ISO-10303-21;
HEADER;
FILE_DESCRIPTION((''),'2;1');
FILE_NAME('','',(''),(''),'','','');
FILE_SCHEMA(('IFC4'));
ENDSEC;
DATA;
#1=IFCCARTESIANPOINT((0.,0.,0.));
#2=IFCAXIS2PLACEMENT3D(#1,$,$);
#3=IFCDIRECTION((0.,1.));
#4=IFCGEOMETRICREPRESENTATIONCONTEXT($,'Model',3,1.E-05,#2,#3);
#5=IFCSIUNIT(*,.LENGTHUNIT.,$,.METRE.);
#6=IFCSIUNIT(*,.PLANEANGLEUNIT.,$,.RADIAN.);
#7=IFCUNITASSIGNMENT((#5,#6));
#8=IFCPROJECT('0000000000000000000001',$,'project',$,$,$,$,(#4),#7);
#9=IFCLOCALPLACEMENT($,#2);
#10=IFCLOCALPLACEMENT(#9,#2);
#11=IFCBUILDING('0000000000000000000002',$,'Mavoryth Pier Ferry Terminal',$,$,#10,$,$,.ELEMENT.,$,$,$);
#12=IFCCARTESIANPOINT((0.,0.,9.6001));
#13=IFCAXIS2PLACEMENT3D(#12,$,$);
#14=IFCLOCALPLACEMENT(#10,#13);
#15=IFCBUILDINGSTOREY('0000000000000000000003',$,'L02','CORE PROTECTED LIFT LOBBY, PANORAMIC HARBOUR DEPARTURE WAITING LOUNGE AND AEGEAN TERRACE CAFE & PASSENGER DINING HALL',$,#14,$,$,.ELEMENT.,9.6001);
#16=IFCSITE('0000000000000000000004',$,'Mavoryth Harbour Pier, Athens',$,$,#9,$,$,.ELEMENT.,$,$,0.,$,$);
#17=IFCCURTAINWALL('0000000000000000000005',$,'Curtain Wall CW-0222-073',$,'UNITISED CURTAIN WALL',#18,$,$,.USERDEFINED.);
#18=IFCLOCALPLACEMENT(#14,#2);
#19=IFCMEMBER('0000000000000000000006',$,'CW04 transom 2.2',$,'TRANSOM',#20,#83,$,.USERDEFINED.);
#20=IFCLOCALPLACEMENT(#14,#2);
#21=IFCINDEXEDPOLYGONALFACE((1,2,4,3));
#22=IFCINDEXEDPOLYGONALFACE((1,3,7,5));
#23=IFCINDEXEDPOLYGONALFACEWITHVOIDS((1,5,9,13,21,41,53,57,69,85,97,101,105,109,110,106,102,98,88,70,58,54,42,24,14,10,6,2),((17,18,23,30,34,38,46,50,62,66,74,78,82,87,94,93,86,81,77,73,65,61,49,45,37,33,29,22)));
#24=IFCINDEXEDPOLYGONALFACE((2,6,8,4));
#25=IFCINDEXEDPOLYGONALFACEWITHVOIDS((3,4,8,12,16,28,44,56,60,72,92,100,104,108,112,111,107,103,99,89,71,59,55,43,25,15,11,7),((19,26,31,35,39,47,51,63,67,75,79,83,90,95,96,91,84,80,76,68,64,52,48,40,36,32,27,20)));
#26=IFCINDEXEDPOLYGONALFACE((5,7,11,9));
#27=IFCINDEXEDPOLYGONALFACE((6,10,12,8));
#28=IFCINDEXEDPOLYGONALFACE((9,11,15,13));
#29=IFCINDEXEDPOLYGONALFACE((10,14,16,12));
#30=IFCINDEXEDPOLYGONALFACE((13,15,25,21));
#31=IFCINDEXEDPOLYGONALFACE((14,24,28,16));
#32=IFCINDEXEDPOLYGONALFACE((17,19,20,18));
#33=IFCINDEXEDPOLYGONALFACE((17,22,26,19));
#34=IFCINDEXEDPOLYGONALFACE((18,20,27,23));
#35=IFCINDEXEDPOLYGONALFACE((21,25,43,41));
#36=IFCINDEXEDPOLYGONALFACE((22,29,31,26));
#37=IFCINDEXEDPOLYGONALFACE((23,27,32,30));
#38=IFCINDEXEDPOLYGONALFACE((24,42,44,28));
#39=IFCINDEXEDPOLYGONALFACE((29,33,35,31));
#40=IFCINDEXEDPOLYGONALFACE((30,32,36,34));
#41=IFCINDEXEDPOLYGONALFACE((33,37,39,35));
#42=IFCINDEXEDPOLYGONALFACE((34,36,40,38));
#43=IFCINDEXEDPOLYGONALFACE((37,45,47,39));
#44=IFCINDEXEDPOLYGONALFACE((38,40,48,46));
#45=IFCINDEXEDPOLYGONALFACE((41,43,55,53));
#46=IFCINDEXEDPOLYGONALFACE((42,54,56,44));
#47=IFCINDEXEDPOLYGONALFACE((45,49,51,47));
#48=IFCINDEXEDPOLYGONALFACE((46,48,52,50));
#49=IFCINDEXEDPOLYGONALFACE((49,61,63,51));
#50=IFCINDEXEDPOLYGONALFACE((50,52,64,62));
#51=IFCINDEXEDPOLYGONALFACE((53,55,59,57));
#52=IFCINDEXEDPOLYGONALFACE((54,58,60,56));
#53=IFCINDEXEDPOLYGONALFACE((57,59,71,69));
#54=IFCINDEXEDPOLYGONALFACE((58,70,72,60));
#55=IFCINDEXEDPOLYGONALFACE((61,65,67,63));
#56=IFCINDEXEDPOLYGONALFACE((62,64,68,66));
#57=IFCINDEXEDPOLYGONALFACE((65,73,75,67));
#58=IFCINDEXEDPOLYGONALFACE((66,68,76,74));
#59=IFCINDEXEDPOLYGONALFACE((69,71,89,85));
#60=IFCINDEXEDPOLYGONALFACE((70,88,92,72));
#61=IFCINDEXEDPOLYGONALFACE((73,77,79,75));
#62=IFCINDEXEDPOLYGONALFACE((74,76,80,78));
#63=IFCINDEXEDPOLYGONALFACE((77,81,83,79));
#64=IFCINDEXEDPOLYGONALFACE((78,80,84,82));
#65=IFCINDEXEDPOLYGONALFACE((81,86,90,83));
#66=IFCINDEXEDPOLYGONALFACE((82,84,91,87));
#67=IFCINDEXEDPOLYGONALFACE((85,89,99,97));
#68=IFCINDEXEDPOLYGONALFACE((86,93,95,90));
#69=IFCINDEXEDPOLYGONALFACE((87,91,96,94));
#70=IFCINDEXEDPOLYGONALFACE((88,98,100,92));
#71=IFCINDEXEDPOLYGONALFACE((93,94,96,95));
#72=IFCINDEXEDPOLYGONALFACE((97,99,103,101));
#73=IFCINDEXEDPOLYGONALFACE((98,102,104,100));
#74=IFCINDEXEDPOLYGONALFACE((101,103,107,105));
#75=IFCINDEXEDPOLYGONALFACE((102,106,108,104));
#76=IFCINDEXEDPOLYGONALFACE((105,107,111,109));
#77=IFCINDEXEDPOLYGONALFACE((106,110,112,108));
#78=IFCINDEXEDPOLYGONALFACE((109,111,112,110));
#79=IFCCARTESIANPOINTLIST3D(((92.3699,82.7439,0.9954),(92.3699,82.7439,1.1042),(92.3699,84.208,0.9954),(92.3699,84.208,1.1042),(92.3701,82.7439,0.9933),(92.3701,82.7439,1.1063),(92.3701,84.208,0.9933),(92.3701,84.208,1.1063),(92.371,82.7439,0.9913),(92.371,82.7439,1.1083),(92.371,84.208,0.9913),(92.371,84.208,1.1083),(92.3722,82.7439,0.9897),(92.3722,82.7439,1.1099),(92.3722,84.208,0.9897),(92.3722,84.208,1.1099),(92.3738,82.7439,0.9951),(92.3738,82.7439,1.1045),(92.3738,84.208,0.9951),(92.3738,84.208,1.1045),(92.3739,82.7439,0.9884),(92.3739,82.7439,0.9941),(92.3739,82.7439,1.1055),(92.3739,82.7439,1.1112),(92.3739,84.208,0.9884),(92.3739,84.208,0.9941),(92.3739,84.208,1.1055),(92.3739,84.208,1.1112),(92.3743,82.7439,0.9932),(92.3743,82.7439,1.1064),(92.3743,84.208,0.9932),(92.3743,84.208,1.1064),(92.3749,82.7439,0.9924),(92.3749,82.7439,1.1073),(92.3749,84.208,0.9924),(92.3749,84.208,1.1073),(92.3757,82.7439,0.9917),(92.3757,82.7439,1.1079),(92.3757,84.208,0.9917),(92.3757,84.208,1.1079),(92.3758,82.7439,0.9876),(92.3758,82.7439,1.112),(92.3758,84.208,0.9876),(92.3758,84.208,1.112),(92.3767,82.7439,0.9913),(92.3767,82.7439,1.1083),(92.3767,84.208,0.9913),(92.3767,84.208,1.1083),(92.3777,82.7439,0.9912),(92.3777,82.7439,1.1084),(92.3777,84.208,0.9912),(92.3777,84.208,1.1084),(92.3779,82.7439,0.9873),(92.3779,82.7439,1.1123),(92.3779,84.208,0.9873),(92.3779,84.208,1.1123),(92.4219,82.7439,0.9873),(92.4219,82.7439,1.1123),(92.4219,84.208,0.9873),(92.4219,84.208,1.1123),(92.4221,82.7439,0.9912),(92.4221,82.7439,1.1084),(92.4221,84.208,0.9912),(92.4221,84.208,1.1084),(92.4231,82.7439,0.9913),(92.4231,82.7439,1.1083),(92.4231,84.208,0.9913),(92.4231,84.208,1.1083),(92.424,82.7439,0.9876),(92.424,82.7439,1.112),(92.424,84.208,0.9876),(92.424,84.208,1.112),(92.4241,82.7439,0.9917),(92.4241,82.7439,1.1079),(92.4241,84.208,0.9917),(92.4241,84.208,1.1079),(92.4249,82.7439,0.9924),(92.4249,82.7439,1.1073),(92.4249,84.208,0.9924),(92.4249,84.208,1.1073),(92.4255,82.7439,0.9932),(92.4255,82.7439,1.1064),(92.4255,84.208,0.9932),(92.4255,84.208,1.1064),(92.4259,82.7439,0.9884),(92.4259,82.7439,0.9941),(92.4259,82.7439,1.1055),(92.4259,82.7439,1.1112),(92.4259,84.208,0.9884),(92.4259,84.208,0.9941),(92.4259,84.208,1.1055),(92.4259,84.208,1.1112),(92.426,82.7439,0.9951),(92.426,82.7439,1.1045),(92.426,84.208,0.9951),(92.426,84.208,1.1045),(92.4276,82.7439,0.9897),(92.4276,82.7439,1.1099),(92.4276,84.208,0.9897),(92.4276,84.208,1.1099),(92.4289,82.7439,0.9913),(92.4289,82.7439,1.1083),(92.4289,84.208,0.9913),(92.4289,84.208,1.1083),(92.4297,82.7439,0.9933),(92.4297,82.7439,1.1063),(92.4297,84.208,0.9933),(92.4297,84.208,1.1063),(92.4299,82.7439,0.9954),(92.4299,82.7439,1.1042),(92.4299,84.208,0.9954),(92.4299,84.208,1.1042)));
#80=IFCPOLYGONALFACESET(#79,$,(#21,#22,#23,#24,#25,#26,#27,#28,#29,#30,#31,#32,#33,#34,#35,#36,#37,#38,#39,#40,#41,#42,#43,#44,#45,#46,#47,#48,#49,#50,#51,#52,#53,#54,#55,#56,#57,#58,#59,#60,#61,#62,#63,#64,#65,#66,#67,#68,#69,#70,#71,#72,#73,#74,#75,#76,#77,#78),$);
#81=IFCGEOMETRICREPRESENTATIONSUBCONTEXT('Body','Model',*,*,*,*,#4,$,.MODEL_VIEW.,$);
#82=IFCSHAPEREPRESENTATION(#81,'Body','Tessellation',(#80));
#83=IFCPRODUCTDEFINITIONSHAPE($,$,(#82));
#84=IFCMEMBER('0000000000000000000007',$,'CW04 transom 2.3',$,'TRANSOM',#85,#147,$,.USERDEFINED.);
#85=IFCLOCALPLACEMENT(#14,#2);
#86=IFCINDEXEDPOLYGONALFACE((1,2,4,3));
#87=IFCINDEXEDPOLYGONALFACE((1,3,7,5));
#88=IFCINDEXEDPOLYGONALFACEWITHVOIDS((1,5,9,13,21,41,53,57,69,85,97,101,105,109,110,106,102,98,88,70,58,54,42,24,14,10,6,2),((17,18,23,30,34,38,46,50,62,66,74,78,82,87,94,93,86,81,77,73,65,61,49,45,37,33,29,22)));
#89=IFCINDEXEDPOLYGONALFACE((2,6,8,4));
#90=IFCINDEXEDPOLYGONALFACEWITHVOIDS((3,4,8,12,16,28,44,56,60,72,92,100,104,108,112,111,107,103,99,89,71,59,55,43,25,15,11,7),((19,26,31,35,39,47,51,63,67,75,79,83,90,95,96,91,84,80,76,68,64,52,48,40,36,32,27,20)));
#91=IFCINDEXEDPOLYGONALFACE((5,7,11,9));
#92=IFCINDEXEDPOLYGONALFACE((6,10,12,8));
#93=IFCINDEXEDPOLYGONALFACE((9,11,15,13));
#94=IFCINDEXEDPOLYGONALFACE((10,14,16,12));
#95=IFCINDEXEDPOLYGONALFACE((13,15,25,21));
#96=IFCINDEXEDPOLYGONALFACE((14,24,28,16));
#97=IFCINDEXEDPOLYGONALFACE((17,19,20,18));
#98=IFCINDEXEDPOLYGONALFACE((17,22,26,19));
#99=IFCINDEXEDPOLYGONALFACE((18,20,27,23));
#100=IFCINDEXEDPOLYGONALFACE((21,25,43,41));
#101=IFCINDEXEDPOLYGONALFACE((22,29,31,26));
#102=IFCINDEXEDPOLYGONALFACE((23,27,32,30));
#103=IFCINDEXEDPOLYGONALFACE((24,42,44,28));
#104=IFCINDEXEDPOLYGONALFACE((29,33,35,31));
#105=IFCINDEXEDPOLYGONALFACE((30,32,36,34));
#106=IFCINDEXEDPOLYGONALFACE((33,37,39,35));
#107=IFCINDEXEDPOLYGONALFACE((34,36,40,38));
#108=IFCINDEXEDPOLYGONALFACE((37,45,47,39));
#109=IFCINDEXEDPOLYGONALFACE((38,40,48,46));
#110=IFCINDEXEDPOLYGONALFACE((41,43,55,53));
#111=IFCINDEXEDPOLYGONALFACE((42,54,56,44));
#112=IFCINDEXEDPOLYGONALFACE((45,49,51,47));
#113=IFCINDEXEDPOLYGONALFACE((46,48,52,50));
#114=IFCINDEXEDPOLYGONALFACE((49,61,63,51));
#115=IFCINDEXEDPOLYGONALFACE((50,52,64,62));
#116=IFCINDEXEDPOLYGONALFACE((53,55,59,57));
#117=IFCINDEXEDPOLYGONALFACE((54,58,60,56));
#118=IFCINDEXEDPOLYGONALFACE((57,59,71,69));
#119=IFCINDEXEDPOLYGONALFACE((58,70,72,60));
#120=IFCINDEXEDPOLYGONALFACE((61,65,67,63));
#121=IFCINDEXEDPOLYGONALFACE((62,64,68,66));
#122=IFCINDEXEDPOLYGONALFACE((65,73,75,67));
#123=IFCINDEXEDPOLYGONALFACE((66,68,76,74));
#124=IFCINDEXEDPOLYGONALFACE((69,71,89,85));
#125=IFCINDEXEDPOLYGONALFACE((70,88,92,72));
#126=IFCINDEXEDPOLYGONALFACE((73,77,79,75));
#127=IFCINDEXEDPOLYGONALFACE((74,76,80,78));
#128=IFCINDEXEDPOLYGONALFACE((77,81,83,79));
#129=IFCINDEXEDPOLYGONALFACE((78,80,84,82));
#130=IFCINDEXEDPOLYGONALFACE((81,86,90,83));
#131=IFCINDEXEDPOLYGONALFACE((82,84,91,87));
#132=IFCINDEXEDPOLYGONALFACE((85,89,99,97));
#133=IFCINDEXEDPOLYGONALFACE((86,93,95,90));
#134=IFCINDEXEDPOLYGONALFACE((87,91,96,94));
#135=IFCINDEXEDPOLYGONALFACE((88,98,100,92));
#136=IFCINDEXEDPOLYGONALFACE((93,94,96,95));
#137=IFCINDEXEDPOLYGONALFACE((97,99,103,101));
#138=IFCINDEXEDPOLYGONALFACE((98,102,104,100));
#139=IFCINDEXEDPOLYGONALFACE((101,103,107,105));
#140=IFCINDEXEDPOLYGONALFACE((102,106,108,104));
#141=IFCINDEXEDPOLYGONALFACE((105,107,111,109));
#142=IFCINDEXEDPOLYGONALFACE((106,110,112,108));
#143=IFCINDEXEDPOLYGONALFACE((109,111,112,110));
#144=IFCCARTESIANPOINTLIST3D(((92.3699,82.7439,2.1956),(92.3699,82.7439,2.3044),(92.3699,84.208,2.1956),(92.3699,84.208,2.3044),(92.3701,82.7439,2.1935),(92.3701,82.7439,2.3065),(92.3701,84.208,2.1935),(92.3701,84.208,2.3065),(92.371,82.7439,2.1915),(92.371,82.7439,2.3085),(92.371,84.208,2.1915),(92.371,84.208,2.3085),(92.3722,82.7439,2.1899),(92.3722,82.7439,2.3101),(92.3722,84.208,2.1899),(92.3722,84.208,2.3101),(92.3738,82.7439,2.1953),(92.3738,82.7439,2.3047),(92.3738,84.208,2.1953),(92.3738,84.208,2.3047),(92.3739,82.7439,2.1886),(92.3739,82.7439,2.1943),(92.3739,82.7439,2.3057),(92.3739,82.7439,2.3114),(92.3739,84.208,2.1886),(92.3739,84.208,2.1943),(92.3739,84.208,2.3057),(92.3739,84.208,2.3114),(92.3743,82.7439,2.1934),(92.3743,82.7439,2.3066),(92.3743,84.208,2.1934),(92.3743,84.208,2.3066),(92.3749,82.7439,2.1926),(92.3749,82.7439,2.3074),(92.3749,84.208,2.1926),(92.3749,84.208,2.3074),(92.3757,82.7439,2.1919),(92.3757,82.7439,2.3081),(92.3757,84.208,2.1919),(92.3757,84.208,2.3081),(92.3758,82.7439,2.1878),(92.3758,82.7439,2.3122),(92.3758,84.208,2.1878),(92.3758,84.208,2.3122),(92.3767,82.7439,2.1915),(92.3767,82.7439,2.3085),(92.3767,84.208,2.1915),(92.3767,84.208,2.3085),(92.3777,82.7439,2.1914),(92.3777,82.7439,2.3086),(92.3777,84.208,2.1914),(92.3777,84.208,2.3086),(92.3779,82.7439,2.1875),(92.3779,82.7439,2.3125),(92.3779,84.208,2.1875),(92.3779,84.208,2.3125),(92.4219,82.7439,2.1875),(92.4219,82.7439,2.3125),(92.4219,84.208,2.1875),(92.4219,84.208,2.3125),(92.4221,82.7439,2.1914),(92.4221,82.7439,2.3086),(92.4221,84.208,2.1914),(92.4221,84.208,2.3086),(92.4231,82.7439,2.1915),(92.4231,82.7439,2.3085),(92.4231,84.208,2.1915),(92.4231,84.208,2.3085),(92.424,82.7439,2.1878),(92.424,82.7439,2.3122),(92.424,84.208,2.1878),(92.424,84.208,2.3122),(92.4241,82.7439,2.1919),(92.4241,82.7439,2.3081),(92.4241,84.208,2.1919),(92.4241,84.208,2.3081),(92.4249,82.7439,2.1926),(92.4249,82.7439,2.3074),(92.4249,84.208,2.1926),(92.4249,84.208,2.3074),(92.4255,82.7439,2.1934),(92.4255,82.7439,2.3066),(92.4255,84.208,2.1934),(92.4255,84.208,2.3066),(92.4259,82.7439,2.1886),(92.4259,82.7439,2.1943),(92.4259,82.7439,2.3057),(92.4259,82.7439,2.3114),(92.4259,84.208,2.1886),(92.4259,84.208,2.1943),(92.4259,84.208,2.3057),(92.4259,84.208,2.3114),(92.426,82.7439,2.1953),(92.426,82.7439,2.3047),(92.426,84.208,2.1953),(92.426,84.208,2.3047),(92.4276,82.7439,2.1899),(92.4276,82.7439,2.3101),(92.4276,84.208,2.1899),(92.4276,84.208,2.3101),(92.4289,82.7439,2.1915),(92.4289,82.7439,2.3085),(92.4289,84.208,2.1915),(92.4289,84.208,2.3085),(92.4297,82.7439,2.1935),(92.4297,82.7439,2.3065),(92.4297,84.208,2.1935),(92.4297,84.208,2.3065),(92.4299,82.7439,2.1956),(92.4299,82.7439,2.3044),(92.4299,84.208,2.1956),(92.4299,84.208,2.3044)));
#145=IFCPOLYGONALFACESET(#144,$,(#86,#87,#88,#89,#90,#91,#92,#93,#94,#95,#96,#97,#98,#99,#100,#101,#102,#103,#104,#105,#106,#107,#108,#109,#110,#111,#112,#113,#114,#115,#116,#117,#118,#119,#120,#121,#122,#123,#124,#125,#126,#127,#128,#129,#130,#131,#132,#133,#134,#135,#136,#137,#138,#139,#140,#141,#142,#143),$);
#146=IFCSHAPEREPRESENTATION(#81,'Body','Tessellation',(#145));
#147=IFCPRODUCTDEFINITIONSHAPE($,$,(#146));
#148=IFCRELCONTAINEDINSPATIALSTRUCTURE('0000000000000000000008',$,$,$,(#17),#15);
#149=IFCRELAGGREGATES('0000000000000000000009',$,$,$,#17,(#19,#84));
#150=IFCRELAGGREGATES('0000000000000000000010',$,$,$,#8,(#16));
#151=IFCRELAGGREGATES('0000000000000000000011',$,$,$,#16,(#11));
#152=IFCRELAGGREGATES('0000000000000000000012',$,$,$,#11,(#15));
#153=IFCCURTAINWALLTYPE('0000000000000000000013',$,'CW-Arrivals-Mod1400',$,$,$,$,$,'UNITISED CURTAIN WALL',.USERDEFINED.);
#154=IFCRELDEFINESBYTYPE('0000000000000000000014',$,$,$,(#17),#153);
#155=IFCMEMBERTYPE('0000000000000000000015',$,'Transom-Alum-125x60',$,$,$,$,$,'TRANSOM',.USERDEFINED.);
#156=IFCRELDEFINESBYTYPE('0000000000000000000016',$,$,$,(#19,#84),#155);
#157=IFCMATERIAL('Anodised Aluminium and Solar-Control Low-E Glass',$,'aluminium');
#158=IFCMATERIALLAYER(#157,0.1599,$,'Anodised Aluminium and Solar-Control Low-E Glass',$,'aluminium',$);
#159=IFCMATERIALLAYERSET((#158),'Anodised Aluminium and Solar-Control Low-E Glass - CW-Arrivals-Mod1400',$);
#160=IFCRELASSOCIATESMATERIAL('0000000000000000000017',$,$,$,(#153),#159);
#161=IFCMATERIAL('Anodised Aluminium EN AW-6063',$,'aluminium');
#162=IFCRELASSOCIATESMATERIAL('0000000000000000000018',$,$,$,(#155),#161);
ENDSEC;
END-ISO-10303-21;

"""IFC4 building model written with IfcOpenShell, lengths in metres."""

from ifc_helpers import new_model, si_unit, direction, frame, origin, origin_2d, place, context, subcontext, project, spatial, hollow_rectangle, extrude, material, layer, layer_set, material_profile, profile_set, type_object, element, aggregate, save


model = new_model("IFC4")

# Units and contexts
model_context = context("Model", 3, precision=1e-05, world=origin(), true_north=direction((0.0, 1.0)))
body_context = subcontext(model_context, "Body", "Model", "MODEL_VIEW")
ifc_project = project(units=[si_unit("LENGTHUNIT", "METRE"), si_unit("PLANEANGLEUNIT", "RADIAN")], contexts=[model_context])

# Site, building, storey
site_placement = place(None, origin())
site = spatial("IfcSite", under=ifc_project, at=site_placement, Name="Mavoryth Harbour Pier, Athens", CompositionType="ELEMENT", RefElevation=0.0)
building_placement = place(site_placement, origin())
building = spatial("IfcBuilding", under=site, at=building_placement, Name="Mavoryth Pier Ferry Terminal", CompositionType="ELEMENT")
storey_placement = place(building_placement, frame((0.0, 0.0, 9.6001)))
storey = spatial("IfcBuildingStorey", under=building, at=storey_placement, Name="L02", Description="CORE PROTECTED LIFT LOBBY, PANORAMIC HARBOUR DEPARTURE WAITING LOUNGE AND AEGEAN TERRACE CAFE & PASSENGER DINING HALL", CompositionType="ELEMENT", Elevation=9.6001)

# Curtain wall
ifc_material_1 = material(Name="Anodised Aluminium and Solar-Control Low-E Glass", Category="aluminium")
ifc_layer_1 = layer(ifc_material_1, 0.1599, Name="Anodised Aluminium and Solar-Control Low-E Glass", Category="aluminium")
ifc_layer_set_1 = layer_set([ifc_layer_1], Name="Anodised Aluminium and Solar-Control Low-E Glass - CW-Arrivals-Mod1400")
curtain_wall_type = type_object("IfcCurtainWallType", Name="CW-Arrivals-Mod1400", ElementType="UNITISED CURTAIN WALL", PredefinedType="USERDEFINED", material=ifc_layer_set_1)
ifc_material_2 = material(Name="Anodised Aluminium EN AW-6063", Category="aluminium")
curtain_wall_1_placement = place(storey_placement, origin())
curtain_wall_1 = element("IfcCurtainWall", 1, at=curtain_wall_1_placement, inside=storey, type_object=curtain_wall_type, Name="Curtain Wall CW-0222-073", ObjectType="UNITISED CURTAIN WALL", PredefinedType="USERDEFINED")

# Members
ifc_material_profile_1 = material_profile(ifc_material_2, hollow_rectangle(XDim=0.0601, YDim=0.125, WallThickness=0.0039, InnerFilletRadius=0.0039, OuterFilletRadius=0.0081, at=origin_2d()), Name="AL-TRAN 125x60x4", Category="aluminium")
ifc_profile_set_1 = profile_set([ifc_material_profile_1], Name="Anodised Aluminium EN AW-6063 - AL-TRAN 125x60x4")
member_type_1 = type_object("IfcMemberType", Name="Transom-Alum-125x60", ElementType="TRANSOM", PredefinedType="USERDEFINED", material=ifc_profile_set_1)
member_1_placement = place(storey_placement, frame((92.3999, 82.7439, 1.0498), z_axis=(0.0, 1.0, 0.0), x_axis=(-1.0, 0.0, 0.0)))
member_1 = element("IfcMember", 2, at=member_1_placement, type_object=member_type_1, Name="CW04 transom 2.2", ObjectType="TRANSOM", PredefinedType="USERDEFINED", context=body_context, shape_type="SweptSolid", body=[
    extrude(hollow_rectangle(XDim=0.0601, YDim=0.125, WallThickness=0.0039, InnerFilletRadius=0.0039, OuterFilletRadius=0.0081, at=origin_2d()), origin(), (0.0, 0.0, 1.0), 1.4641),
])
member_2_placement = place(storey_placement, frame((92.3999, 82.7439, 2.25), z_axis=(0.0, 1.0, 0.0), x_axis=(-1.0, 0.0, 0.0)))
member_2 = element("IfcMember", 3, at=member_2_placement, type_object=member_type_1, Name="CW04 transom 2.3", ObjectType="TRANSOM", PredefinedType="USERDEFINED", context=body_context, shape_type="SweptSolid", body=[
    extrude(hollow_rectangle(XDim=0.0601, YDim=0.125, WallThickness=0.0039, InnerFilletRadius=0.0039, OuterFilletRadius=0.0081, at=origin_2d()), origin(), (0.0, 0.0, 1.0), 1.4641),
])

aggregate(curtain_wall_1, [member_1, member_2])

save(model, "model.ifc")
